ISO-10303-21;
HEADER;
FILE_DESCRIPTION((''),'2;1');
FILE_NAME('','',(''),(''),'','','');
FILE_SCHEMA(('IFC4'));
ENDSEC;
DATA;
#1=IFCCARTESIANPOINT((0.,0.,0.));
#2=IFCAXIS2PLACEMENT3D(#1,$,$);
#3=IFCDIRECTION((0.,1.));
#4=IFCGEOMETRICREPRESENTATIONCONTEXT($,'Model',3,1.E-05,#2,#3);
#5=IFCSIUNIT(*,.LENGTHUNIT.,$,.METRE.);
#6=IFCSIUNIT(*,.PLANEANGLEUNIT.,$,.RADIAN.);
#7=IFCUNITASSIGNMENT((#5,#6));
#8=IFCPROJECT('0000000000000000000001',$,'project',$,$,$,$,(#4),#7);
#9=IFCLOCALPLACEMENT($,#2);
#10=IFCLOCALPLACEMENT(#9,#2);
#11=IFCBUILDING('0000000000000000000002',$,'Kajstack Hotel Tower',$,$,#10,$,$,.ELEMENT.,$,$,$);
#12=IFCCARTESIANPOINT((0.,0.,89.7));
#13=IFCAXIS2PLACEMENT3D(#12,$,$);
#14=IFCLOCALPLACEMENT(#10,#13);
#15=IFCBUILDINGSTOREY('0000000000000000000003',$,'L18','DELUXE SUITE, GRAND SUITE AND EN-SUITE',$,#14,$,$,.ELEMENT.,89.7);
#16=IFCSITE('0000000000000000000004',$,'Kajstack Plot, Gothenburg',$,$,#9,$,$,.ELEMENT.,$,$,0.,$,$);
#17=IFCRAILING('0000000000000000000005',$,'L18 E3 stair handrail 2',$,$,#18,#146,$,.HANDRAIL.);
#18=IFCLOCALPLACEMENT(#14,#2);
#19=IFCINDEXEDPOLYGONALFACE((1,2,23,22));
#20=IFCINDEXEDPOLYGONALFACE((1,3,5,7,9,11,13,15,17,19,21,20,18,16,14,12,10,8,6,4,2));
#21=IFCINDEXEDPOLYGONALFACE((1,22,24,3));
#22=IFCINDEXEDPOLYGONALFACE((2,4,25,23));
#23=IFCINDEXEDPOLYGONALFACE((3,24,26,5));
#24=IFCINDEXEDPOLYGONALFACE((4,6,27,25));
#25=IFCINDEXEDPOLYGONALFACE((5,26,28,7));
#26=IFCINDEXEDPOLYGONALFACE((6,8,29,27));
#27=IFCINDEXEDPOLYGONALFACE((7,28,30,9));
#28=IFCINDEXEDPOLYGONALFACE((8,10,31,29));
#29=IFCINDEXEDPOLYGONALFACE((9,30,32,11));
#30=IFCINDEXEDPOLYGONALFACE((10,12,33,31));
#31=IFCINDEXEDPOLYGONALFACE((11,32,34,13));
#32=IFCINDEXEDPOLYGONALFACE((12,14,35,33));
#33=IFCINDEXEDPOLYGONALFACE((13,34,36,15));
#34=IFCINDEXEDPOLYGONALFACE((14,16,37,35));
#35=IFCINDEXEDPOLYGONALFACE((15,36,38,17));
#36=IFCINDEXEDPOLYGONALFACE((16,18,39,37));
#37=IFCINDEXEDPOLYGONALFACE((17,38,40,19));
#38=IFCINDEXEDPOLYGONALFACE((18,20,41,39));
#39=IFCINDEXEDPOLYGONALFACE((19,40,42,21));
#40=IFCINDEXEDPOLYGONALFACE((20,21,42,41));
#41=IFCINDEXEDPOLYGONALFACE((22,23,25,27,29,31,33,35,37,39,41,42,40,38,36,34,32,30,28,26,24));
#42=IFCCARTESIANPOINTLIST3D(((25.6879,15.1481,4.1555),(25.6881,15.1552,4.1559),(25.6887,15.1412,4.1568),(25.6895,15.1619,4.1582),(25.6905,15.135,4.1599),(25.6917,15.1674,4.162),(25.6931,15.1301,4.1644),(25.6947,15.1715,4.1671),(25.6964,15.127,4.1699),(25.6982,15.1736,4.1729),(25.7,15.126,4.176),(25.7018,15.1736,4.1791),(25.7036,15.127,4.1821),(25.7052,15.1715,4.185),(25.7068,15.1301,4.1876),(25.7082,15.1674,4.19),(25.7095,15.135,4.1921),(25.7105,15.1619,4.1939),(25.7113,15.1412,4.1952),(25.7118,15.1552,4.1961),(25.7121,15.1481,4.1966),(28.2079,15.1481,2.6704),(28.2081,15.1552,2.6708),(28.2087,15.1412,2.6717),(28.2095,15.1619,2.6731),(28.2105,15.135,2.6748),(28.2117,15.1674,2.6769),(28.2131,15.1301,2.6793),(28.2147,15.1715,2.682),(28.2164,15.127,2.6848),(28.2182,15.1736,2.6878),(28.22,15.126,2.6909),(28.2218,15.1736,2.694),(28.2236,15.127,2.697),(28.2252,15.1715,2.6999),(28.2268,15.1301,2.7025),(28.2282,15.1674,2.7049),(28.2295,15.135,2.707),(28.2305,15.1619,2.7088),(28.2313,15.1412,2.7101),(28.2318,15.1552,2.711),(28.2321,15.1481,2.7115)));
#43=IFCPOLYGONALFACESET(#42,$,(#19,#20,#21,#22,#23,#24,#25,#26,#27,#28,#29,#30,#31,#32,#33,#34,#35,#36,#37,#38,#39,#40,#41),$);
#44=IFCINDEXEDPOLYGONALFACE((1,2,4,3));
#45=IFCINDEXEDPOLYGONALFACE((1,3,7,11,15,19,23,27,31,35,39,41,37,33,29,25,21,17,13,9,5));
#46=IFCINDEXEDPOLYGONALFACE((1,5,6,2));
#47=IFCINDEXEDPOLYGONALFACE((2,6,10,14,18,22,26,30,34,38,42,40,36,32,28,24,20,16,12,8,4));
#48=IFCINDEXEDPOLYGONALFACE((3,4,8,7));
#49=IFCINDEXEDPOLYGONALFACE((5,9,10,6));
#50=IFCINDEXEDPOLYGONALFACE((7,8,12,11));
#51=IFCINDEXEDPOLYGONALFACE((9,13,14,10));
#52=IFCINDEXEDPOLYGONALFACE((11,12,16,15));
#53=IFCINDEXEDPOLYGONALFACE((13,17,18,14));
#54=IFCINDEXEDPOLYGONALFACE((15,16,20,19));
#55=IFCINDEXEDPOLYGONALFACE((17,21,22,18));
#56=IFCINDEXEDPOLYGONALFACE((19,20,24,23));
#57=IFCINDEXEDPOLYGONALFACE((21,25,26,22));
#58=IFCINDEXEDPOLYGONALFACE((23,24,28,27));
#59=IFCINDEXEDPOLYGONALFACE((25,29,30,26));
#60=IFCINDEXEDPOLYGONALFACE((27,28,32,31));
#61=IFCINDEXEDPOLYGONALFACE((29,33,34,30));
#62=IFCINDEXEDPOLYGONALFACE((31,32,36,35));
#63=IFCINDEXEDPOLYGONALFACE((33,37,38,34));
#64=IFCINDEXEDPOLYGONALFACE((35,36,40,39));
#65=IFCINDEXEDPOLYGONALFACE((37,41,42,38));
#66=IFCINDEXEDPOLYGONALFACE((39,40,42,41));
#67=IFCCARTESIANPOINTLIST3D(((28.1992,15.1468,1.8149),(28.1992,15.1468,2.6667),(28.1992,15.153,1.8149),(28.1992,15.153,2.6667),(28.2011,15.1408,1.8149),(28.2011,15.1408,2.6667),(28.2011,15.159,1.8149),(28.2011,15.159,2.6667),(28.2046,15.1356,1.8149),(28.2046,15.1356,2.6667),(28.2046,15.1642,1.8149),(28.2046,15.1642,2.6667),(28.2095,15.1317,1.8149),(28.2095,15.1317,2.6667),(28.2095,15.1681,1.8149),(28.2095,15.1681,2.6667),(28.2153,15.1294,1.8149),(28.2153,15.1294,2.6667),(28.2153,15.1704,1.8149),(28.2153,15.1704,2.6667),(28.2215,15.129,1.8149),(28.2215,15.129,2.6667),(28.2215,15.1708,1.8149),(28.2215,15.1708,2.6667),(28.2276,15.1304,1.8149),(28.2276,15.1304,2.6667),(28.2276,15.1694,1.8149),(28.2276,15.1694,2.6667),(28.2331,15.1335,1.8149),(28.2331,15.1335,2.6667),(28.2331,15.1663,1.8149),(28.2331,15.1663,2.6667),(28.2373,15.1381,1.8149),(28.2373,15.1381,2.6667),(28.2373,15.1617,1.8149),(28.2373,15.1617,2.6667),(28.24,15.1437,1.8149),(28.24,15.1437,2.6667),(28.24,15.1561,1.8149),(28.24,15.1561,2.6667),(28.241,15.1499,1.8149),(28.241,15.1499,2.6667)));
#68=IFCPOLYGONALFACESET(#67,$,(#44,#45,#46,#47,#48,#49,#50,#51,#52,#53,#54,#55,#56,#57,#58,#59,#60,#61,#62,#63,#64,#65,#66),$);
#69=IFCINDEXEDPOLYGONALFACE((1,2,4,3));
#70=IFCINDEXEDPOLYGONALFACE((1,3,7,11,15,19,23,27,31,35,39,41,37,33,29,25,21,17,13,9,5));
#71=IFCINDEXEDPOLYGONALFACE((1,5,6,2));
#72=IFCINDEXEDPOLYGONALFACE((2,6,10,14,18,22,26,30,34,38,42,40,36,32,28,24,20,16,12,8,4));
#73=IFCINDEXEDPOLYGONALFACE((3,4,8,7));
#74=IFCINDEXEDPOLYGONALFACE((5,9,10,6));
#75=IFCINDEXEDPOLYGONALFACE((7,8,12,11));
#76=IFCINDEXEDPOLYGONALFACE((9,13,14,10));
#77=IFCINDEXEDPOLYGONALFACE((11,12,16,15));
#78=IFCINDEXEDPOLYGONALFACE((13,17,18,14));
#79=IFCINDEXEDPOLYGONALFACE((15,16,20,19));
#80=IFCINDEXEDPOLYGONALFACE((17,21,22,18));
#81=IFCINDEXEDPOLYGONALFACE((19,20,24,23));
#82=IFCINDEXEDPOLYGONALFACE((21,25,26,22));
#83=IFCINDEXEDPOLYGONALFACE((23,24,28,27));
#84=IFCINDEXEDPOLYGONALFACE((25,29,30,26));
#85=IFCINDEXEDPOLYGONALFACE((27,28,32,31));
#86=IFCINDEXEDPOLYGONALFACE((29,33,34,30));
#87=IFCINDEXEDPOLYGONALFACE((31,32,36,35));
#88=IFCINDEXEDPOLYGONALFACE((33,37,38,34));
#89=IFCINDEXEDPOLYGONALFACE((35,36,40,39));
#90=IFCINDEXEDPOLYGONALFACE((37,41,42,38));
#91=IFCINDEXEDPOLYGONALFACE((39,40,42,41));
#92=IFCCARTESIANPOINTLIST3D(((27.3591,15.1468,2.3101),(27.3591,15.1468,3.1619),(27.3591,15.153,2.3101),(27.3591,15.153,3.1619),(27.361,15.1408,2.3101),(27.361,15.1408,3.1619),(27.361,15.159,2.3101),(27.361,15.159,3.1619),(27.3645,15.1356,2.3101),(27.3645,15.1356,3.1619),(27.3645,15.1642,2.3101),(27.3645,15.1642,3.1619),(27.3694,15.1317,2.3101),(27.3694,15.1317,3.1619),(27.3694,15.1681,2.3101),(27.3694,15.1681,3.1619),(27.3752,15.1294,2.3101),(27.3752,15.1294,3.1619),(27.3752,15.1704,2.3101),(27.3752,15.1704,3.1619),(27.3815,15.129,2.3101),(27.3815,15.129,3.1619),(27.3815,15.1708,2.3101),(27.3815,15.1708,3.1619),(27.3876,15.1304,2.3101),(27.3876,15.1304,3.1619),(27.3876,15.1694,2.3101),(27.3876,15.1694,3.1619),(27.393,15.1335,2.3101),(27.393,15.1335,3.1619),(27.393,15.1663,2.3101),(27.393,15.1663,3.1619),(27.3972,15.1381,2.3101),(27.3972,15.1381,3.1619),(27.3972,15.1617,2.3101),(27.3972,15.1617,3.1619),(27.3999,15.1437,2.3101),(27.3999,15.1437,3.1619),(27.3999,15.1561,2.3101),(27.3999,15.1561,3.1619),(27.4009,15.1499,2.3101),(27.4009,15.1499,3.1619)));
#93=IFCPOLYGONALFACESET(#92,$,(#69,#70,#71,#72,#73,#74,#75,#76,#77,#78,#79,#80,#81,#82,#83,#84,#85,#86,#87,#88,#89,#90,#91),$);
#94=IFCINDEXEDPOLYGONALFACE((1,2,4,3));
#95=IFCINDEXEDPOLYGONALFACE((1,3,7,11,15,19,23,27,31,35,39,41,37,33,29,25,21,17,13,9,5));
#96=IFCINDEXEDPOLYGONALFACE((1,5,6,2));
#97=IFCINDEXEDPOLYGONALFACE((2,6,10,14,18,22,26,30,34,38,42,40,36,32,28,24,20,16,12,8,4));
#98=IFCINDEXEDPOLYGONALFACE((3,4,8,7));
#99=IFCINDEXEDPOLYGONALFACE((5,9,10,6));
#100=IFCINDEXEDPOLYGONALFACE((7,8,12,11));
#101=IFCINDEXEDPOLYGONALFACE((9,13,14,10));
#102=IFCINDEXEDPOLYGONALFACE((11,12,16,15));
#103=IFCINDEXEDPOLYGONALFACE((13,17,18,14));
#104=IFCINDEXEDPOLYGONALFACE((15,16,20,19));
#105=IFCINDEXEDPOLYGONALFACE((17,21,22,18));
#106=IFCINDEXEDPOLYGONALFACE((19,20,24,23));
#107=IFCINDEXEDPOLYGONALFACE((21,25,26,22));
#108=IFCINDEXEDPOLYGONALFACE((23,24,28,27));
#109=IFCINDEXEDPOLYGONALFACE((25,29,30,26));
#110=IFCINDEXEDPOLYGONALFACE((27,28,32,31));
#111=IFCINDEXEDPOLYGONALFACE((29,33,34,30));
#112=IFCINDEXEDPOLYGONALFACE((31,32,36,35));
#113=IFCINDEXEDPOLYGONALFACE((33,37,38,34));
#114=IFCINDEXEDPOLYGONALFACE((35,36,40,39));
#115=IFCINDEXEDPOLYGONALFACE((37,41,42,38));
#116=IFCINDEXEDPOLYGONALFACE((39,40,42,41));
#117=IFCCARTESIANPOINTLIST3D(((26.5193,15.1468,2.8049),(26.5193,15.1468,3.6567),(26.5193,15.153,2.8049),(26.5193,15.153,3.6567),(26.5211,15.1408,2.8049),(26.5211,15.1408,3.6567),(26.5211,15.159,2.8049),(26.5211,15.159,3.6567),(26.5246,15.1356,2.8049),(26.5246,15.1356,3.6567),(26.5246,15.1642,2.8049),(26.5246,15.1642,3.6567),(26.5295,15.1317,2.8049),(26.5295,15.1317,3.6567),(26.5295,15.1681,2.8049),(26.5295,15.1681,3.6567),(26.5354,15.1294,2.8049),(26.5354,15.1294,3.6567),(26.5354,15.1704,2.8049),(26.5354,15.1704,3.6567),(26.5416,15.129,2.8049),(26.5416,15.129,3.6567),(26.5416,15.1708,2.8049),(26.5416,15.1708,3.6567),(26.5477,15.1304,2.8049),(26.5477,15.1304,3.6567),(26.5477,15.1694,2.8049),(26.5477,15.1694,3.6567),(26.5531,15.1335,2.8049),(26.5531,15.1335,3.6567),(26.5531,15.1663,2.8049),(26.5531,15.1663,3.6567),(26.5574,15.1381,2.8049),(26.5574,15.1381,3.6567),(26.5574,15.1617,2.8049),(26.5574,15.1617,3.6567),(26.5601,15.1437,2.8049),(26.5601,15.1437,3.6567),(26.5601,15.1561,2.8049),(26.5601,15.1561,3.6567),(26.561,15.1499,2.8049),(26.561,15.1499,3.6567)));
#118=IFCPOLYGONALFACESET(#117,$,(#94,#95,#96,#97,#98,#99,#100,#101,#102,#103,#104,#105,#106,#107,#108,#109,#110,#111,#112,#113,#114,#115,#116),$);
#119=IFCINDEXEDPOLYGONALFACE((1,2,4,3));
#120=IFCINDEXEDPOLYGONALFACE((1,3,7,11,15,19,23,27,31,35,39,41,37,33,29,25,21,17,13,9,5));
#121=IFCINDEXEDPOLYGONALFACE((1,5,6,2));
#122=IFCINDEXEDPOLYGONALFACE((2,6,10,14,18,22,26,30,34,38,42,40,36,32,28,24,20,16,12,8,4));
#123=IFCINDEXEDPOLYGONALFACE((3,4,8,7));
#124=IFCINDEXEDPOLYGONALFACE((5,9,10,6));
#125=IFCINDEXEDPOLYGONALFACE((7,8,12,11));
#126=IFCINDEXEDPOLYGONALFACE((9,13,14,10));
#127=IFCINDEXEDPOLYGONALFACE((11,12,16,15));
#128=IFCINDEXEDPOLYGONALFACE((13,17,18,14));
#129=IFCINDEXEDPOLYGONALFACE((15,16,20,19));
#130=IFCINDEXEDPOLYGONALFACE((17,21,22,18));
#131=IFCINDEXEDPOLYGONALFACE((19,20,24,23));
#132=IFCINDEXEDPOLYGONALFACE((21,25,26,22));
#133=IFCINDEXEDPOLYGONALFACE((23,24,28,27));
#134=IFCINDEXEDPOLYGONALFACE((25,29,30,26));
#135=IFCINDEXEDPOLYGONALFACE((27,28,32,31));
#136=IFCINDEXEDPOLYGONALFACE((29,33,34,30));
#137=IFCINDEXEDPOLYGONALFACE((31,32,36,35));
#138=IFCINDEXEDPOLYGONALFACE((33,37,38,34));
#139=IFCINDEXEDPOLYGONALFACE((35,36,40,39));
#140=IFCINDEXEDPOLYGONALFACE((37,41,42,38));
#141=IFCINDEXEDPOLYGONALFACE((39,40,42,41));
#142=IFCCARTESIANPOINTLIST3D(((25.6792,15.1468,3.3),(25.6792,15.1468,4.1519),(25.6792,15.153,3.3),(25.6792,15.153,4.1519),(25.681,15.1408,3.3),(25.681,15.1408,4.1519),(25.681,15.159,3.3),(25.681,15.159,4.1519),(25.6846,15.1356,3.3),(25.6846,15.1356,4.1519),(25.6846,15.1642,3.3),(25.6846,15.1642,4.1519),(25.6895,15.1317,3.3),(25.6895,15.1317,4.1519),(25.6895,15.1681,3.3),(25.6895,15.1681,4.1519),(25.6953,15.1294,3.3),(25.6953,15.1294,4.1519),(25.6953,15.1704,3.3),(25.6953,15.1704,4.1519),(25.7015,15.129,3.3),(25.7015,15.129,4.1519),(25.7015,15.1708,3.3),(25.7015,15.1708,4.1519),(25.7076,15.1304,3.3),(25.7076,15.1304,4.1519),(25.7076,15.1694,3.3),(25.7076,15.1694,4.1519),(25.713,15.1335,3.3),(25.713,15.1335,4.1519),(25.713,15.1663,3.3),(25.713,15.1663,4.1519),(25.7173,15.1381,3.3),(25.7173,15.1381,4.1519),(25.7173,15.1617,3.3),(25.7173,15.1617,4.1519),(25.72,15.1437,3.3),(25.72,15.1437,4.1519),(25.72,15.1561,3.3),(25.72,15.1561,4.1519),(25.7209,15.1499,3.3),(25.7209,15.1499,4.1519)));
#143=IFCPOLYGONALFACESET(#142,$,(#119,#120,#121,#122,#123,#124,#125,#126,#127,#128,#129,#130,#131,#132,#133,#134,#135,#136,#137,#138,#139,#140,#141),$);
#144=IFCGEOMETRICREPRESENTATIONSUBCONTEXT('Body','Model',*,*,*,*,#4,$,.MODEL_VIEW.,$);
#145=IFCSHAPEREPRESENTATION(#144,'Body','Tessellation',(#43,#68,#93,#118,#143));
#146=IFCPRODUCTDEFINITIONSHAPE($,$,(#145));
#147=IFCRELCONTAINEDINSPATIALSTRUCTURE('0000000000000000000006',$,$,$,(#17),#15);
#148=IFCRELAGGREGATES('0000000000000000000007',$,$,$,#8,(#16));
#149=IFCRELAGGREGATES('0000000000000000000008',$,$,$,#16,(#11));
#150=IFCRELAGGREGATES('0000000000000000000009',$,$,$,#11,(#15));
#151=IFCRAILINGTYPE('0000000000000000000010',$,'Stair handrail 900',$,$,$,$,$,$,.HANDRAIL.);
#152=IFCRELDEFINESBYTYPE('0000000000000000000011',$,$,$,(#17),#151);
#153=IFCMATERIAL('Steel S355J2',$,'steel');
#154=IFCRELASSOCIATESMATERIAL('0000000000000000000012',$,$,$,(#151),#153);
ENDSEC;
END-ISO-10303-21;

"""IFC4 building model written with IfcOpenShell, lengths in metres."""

from ifc_helpers import new_model, si_unit, direction, frame, origin, origin_2d, place, context, subcontext, project, spatial, circle, extrude, material, type_object, element, save


model = new_model("IFC4")

# Units and contexts
model_context = context("Model", 3, precision=1e-05, world=origin(), true_north=direction((0.0, 1.0)))
body_context = subcontext(model_context, "Body", "Model", "MODEL_VIEW")
ifc_project = project(units=[si_unit("LENGTHUNIT", "METRE"), si_unit("PLANEANGLEUNIT", "RADIAN")], contexts=[model_context])

# Site, building, storey
site_placement = place(None, origin())
site = spatial("IfcSite", under=ifc_project, at=site_placement, Name="Kajstack Plot, Gothenburg", CompositionType="ELEMENT", RefElevation=0.0)
building_placement = place(site_placement, origin())
building = spatial("IfcBuilding", under=site, at=building_placement, Name="Kajstack Hotel Tower", CompositionType="ELEMENT")
storey_placement = place(building_placement, frame((0.0, 0.0, 89.7)))
storey = spatial("IfcBuildingStorey", under=building, at=storey_placement, Name="L18", Description="DELUXE SUITE, GRAND SUITE AND EN-SUITE", CompositionType="ELEMENT", Elevation=89.7)

# Railing
ifc_material_1 = material(Name="Steel S355J2", Category="steel")
railing_type_1 = type_object("IfcRailingType", Name="Stair handrail 900", PredefinedType="HANDRAIL", material=ifc_material_1)
railing_1_placement = place(storey_placement, frame((28.22, 15.1499, 1.8149)))
element("IfcRailing", 1, at=railing_1_placement, inside=storey, type_object=railing_type_1, Name="L18 E3 stair handrail 2", PredefinedType="HANDRAIL", context=body_context, shape_type="SweptSolid", body=[
    extrude(circle(Radius=0.0239, at=origin_2d()), frame((0.0, 0.0, 0.876), z_axis=(-0.861524, 0.0, 0.507717), x_axis=(0.0, -1.0, 0.0)), (0.0, 0.0, 1.0), 2.925),
    extrude(circle(Radius=0.021, at=origin_2d()), origin(), (0.0, 0.0, 1.0), 0.8518),
    extrude(circle(Radius=0.021, at=origin_2d()), frame((-0.8401, 0.0, 0.4951)), (0.0, 0.0, 1.0), 0.8518),
    extrude(circle(Radius=0.021, at=origin_2d()), frame((-1.6799, 0.0, 0.99)), (0.0, 0.0, 1.0), 0.8518),
    extrude(circle(Radius=0.021, at=origin_2d()), frame((-2.52, 0.0, 1.4851)), (0.0, 0.0, 1.0), 0.8518),
])

save(model, "model.ifc")
